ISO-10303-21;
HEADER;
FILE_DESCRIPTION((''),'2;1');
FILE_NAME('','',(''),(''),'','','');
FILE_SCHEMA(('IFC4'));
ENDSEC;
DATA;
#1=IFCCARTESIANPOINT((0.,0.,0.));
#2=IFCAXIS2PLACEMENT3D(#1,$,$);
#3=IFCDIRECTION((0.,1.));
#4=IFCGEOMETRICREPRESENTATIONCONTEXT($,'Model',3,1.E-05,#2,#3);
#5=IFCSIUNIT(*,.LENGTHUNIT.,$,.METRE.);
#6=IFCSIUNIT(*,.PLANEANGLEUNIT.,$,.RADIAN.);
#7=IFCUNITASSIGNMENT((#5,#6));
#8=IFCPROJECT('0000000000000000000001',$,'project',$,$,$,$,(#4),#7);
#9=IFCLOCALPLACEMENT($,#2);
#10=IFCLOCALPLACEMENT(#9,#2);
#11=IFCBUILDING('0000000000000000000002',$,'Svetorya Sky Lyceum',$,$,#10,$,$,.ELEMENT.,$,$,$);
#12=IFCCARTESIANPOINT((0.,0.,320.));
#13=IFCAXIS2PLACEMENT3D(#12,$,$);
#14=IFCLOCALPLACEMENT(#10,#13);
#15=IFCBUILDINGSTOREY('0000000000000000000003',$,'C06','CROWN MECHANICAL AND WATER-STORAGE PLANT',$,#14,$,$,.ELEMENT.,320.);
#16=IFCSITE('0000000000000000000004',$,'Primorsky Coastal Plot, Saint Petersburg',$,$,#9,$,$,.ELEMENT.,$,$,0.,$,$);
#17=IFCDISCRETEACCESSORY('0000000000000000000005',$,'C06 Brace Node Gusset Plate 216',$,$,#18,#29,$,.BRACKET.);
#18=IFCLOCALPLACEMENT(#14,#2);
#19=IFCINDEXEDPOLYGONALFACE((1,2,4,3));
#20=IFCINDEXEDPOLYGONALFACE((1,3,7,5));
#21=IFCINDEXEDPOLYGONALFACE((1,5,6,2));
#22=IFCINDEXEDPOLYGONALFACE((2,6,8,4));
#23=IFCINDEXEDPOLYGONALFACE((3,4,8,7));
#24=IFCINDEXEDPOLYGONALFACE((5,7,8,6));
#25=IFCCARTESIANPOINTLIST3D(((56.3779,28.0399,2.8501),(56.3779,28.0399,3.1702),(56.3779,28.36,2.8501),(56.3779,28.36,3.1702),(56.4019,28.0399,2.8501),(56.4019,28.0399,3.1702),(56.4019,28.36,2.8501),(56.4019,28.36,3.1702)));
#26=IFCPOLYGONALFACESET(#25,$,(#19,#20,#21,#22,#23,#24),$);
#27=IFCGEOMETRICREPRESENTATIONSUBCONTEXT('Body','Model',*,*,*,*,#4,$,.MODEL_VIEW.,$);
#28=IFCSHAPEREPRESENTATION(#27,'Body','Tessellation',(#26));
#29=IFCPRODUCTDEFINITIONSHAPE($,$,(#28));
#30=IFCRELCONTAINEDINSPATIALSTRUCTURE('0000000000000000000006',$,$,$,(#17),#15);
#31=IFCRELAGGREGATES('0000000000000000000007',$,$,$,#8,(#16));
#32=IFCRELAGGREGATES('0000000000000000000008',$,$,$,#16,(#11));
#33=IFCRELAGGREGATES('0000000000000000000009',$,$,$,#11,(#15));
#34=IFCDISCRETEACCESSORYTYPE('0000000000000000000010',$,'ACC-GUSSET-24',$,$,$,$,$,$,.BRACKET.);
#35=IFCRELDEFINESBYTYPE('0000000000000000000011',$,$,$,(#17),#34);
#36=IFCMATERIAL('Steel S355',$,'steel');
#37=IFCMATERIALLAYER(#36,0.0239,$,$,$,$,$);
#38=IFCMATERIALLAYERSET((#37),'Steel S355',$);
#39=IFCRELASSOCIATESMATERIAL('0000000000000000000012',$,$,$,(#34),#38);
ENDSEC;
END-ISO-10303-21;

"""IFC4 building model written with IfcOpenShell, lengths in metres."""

from ifc_helpers import new_model, si_unit, direction, frame, origin, origin_2d, place, context, subcontext, project, spatial, rectangle, extrude, material, layer, layer_set, type_object, element, save


model = new_model("IFC4")

# Units and contexts
model_context = context("Model", 3, precision=1e-05, world=origin(), true_north=direction((0.0, 1.0)))
body_context = subcontext(model_context, "Body", "Model", "MODEL_VIEW")
ifc_project = project(units=[si_unit("LENGTHUNIT", "METRE"), si_unit("PLANEANGLEUNIT", "RADIAN")], contexts=[model_context])

# Site, building, storey
site_placement = place(None, origin())
site = spatial("IfcSite", under=ifc_project, at=site_placement, Name="Primorsky Coastal Plot, Saint Petersburg", CompositionType="ELEMENT", RefElevation=0.0)
building_placement = place(site_placement, origin())
building = spatial("IfcBuilding", under=site, at=building_placement, Name="Svetorya Sky Lyceum", CompositionType="ELEMENT")
storey_placement = place(building_placement, frame((0.0, 0.0, 320.0)))
storey = spatial("IfcBuildingStorey", under=building, at=storey_placement, Name="C06", Description="CROWN MECHANICAL AND WATER-STORAGE PLANT", CompositionType="ELEMENT", Elevation=320.0)

# Shared definitions
ifc_material_1 = material(Name="Steel S355", Category="steel")

# Discrete accessory
ifc_layer_1 = layer(ifc_material_1, 0.0239)
ifc_layer_set_1 = layer_set([ifc_layer_1], Name="Steel S355")
discrete_accessory_type = type_object("IfcDiscreteAccessoryType", Name="ACC-GUSSET-24", PredefinedType="BRACKET", material=ifc_layer_set_1)
discrete_accessory_placement = place(storey_placement, frame((56.3899, 28.2, 2.8501), z_axis=(0.0, 0.0, 1.0), x_axis=(1.0, 0.0, 0.0)))
element("IfcDiscreteAccessory", 1, at=discrete_accessory_placement, inside=storey, type_object=discrete_accessory_type, Name="C06 Brace Node Gusset Plate 216", PredefinedType="BRACKET", context=body_context, shape_type="SweptSolid", body=[
    extrude(rectangle(XDim=0.0239, YDim=0.3201, at=origin_2d()), origin(), (0.0, 0.0, 1.0), 0.3201),
])

save(model, "model.ifc")
